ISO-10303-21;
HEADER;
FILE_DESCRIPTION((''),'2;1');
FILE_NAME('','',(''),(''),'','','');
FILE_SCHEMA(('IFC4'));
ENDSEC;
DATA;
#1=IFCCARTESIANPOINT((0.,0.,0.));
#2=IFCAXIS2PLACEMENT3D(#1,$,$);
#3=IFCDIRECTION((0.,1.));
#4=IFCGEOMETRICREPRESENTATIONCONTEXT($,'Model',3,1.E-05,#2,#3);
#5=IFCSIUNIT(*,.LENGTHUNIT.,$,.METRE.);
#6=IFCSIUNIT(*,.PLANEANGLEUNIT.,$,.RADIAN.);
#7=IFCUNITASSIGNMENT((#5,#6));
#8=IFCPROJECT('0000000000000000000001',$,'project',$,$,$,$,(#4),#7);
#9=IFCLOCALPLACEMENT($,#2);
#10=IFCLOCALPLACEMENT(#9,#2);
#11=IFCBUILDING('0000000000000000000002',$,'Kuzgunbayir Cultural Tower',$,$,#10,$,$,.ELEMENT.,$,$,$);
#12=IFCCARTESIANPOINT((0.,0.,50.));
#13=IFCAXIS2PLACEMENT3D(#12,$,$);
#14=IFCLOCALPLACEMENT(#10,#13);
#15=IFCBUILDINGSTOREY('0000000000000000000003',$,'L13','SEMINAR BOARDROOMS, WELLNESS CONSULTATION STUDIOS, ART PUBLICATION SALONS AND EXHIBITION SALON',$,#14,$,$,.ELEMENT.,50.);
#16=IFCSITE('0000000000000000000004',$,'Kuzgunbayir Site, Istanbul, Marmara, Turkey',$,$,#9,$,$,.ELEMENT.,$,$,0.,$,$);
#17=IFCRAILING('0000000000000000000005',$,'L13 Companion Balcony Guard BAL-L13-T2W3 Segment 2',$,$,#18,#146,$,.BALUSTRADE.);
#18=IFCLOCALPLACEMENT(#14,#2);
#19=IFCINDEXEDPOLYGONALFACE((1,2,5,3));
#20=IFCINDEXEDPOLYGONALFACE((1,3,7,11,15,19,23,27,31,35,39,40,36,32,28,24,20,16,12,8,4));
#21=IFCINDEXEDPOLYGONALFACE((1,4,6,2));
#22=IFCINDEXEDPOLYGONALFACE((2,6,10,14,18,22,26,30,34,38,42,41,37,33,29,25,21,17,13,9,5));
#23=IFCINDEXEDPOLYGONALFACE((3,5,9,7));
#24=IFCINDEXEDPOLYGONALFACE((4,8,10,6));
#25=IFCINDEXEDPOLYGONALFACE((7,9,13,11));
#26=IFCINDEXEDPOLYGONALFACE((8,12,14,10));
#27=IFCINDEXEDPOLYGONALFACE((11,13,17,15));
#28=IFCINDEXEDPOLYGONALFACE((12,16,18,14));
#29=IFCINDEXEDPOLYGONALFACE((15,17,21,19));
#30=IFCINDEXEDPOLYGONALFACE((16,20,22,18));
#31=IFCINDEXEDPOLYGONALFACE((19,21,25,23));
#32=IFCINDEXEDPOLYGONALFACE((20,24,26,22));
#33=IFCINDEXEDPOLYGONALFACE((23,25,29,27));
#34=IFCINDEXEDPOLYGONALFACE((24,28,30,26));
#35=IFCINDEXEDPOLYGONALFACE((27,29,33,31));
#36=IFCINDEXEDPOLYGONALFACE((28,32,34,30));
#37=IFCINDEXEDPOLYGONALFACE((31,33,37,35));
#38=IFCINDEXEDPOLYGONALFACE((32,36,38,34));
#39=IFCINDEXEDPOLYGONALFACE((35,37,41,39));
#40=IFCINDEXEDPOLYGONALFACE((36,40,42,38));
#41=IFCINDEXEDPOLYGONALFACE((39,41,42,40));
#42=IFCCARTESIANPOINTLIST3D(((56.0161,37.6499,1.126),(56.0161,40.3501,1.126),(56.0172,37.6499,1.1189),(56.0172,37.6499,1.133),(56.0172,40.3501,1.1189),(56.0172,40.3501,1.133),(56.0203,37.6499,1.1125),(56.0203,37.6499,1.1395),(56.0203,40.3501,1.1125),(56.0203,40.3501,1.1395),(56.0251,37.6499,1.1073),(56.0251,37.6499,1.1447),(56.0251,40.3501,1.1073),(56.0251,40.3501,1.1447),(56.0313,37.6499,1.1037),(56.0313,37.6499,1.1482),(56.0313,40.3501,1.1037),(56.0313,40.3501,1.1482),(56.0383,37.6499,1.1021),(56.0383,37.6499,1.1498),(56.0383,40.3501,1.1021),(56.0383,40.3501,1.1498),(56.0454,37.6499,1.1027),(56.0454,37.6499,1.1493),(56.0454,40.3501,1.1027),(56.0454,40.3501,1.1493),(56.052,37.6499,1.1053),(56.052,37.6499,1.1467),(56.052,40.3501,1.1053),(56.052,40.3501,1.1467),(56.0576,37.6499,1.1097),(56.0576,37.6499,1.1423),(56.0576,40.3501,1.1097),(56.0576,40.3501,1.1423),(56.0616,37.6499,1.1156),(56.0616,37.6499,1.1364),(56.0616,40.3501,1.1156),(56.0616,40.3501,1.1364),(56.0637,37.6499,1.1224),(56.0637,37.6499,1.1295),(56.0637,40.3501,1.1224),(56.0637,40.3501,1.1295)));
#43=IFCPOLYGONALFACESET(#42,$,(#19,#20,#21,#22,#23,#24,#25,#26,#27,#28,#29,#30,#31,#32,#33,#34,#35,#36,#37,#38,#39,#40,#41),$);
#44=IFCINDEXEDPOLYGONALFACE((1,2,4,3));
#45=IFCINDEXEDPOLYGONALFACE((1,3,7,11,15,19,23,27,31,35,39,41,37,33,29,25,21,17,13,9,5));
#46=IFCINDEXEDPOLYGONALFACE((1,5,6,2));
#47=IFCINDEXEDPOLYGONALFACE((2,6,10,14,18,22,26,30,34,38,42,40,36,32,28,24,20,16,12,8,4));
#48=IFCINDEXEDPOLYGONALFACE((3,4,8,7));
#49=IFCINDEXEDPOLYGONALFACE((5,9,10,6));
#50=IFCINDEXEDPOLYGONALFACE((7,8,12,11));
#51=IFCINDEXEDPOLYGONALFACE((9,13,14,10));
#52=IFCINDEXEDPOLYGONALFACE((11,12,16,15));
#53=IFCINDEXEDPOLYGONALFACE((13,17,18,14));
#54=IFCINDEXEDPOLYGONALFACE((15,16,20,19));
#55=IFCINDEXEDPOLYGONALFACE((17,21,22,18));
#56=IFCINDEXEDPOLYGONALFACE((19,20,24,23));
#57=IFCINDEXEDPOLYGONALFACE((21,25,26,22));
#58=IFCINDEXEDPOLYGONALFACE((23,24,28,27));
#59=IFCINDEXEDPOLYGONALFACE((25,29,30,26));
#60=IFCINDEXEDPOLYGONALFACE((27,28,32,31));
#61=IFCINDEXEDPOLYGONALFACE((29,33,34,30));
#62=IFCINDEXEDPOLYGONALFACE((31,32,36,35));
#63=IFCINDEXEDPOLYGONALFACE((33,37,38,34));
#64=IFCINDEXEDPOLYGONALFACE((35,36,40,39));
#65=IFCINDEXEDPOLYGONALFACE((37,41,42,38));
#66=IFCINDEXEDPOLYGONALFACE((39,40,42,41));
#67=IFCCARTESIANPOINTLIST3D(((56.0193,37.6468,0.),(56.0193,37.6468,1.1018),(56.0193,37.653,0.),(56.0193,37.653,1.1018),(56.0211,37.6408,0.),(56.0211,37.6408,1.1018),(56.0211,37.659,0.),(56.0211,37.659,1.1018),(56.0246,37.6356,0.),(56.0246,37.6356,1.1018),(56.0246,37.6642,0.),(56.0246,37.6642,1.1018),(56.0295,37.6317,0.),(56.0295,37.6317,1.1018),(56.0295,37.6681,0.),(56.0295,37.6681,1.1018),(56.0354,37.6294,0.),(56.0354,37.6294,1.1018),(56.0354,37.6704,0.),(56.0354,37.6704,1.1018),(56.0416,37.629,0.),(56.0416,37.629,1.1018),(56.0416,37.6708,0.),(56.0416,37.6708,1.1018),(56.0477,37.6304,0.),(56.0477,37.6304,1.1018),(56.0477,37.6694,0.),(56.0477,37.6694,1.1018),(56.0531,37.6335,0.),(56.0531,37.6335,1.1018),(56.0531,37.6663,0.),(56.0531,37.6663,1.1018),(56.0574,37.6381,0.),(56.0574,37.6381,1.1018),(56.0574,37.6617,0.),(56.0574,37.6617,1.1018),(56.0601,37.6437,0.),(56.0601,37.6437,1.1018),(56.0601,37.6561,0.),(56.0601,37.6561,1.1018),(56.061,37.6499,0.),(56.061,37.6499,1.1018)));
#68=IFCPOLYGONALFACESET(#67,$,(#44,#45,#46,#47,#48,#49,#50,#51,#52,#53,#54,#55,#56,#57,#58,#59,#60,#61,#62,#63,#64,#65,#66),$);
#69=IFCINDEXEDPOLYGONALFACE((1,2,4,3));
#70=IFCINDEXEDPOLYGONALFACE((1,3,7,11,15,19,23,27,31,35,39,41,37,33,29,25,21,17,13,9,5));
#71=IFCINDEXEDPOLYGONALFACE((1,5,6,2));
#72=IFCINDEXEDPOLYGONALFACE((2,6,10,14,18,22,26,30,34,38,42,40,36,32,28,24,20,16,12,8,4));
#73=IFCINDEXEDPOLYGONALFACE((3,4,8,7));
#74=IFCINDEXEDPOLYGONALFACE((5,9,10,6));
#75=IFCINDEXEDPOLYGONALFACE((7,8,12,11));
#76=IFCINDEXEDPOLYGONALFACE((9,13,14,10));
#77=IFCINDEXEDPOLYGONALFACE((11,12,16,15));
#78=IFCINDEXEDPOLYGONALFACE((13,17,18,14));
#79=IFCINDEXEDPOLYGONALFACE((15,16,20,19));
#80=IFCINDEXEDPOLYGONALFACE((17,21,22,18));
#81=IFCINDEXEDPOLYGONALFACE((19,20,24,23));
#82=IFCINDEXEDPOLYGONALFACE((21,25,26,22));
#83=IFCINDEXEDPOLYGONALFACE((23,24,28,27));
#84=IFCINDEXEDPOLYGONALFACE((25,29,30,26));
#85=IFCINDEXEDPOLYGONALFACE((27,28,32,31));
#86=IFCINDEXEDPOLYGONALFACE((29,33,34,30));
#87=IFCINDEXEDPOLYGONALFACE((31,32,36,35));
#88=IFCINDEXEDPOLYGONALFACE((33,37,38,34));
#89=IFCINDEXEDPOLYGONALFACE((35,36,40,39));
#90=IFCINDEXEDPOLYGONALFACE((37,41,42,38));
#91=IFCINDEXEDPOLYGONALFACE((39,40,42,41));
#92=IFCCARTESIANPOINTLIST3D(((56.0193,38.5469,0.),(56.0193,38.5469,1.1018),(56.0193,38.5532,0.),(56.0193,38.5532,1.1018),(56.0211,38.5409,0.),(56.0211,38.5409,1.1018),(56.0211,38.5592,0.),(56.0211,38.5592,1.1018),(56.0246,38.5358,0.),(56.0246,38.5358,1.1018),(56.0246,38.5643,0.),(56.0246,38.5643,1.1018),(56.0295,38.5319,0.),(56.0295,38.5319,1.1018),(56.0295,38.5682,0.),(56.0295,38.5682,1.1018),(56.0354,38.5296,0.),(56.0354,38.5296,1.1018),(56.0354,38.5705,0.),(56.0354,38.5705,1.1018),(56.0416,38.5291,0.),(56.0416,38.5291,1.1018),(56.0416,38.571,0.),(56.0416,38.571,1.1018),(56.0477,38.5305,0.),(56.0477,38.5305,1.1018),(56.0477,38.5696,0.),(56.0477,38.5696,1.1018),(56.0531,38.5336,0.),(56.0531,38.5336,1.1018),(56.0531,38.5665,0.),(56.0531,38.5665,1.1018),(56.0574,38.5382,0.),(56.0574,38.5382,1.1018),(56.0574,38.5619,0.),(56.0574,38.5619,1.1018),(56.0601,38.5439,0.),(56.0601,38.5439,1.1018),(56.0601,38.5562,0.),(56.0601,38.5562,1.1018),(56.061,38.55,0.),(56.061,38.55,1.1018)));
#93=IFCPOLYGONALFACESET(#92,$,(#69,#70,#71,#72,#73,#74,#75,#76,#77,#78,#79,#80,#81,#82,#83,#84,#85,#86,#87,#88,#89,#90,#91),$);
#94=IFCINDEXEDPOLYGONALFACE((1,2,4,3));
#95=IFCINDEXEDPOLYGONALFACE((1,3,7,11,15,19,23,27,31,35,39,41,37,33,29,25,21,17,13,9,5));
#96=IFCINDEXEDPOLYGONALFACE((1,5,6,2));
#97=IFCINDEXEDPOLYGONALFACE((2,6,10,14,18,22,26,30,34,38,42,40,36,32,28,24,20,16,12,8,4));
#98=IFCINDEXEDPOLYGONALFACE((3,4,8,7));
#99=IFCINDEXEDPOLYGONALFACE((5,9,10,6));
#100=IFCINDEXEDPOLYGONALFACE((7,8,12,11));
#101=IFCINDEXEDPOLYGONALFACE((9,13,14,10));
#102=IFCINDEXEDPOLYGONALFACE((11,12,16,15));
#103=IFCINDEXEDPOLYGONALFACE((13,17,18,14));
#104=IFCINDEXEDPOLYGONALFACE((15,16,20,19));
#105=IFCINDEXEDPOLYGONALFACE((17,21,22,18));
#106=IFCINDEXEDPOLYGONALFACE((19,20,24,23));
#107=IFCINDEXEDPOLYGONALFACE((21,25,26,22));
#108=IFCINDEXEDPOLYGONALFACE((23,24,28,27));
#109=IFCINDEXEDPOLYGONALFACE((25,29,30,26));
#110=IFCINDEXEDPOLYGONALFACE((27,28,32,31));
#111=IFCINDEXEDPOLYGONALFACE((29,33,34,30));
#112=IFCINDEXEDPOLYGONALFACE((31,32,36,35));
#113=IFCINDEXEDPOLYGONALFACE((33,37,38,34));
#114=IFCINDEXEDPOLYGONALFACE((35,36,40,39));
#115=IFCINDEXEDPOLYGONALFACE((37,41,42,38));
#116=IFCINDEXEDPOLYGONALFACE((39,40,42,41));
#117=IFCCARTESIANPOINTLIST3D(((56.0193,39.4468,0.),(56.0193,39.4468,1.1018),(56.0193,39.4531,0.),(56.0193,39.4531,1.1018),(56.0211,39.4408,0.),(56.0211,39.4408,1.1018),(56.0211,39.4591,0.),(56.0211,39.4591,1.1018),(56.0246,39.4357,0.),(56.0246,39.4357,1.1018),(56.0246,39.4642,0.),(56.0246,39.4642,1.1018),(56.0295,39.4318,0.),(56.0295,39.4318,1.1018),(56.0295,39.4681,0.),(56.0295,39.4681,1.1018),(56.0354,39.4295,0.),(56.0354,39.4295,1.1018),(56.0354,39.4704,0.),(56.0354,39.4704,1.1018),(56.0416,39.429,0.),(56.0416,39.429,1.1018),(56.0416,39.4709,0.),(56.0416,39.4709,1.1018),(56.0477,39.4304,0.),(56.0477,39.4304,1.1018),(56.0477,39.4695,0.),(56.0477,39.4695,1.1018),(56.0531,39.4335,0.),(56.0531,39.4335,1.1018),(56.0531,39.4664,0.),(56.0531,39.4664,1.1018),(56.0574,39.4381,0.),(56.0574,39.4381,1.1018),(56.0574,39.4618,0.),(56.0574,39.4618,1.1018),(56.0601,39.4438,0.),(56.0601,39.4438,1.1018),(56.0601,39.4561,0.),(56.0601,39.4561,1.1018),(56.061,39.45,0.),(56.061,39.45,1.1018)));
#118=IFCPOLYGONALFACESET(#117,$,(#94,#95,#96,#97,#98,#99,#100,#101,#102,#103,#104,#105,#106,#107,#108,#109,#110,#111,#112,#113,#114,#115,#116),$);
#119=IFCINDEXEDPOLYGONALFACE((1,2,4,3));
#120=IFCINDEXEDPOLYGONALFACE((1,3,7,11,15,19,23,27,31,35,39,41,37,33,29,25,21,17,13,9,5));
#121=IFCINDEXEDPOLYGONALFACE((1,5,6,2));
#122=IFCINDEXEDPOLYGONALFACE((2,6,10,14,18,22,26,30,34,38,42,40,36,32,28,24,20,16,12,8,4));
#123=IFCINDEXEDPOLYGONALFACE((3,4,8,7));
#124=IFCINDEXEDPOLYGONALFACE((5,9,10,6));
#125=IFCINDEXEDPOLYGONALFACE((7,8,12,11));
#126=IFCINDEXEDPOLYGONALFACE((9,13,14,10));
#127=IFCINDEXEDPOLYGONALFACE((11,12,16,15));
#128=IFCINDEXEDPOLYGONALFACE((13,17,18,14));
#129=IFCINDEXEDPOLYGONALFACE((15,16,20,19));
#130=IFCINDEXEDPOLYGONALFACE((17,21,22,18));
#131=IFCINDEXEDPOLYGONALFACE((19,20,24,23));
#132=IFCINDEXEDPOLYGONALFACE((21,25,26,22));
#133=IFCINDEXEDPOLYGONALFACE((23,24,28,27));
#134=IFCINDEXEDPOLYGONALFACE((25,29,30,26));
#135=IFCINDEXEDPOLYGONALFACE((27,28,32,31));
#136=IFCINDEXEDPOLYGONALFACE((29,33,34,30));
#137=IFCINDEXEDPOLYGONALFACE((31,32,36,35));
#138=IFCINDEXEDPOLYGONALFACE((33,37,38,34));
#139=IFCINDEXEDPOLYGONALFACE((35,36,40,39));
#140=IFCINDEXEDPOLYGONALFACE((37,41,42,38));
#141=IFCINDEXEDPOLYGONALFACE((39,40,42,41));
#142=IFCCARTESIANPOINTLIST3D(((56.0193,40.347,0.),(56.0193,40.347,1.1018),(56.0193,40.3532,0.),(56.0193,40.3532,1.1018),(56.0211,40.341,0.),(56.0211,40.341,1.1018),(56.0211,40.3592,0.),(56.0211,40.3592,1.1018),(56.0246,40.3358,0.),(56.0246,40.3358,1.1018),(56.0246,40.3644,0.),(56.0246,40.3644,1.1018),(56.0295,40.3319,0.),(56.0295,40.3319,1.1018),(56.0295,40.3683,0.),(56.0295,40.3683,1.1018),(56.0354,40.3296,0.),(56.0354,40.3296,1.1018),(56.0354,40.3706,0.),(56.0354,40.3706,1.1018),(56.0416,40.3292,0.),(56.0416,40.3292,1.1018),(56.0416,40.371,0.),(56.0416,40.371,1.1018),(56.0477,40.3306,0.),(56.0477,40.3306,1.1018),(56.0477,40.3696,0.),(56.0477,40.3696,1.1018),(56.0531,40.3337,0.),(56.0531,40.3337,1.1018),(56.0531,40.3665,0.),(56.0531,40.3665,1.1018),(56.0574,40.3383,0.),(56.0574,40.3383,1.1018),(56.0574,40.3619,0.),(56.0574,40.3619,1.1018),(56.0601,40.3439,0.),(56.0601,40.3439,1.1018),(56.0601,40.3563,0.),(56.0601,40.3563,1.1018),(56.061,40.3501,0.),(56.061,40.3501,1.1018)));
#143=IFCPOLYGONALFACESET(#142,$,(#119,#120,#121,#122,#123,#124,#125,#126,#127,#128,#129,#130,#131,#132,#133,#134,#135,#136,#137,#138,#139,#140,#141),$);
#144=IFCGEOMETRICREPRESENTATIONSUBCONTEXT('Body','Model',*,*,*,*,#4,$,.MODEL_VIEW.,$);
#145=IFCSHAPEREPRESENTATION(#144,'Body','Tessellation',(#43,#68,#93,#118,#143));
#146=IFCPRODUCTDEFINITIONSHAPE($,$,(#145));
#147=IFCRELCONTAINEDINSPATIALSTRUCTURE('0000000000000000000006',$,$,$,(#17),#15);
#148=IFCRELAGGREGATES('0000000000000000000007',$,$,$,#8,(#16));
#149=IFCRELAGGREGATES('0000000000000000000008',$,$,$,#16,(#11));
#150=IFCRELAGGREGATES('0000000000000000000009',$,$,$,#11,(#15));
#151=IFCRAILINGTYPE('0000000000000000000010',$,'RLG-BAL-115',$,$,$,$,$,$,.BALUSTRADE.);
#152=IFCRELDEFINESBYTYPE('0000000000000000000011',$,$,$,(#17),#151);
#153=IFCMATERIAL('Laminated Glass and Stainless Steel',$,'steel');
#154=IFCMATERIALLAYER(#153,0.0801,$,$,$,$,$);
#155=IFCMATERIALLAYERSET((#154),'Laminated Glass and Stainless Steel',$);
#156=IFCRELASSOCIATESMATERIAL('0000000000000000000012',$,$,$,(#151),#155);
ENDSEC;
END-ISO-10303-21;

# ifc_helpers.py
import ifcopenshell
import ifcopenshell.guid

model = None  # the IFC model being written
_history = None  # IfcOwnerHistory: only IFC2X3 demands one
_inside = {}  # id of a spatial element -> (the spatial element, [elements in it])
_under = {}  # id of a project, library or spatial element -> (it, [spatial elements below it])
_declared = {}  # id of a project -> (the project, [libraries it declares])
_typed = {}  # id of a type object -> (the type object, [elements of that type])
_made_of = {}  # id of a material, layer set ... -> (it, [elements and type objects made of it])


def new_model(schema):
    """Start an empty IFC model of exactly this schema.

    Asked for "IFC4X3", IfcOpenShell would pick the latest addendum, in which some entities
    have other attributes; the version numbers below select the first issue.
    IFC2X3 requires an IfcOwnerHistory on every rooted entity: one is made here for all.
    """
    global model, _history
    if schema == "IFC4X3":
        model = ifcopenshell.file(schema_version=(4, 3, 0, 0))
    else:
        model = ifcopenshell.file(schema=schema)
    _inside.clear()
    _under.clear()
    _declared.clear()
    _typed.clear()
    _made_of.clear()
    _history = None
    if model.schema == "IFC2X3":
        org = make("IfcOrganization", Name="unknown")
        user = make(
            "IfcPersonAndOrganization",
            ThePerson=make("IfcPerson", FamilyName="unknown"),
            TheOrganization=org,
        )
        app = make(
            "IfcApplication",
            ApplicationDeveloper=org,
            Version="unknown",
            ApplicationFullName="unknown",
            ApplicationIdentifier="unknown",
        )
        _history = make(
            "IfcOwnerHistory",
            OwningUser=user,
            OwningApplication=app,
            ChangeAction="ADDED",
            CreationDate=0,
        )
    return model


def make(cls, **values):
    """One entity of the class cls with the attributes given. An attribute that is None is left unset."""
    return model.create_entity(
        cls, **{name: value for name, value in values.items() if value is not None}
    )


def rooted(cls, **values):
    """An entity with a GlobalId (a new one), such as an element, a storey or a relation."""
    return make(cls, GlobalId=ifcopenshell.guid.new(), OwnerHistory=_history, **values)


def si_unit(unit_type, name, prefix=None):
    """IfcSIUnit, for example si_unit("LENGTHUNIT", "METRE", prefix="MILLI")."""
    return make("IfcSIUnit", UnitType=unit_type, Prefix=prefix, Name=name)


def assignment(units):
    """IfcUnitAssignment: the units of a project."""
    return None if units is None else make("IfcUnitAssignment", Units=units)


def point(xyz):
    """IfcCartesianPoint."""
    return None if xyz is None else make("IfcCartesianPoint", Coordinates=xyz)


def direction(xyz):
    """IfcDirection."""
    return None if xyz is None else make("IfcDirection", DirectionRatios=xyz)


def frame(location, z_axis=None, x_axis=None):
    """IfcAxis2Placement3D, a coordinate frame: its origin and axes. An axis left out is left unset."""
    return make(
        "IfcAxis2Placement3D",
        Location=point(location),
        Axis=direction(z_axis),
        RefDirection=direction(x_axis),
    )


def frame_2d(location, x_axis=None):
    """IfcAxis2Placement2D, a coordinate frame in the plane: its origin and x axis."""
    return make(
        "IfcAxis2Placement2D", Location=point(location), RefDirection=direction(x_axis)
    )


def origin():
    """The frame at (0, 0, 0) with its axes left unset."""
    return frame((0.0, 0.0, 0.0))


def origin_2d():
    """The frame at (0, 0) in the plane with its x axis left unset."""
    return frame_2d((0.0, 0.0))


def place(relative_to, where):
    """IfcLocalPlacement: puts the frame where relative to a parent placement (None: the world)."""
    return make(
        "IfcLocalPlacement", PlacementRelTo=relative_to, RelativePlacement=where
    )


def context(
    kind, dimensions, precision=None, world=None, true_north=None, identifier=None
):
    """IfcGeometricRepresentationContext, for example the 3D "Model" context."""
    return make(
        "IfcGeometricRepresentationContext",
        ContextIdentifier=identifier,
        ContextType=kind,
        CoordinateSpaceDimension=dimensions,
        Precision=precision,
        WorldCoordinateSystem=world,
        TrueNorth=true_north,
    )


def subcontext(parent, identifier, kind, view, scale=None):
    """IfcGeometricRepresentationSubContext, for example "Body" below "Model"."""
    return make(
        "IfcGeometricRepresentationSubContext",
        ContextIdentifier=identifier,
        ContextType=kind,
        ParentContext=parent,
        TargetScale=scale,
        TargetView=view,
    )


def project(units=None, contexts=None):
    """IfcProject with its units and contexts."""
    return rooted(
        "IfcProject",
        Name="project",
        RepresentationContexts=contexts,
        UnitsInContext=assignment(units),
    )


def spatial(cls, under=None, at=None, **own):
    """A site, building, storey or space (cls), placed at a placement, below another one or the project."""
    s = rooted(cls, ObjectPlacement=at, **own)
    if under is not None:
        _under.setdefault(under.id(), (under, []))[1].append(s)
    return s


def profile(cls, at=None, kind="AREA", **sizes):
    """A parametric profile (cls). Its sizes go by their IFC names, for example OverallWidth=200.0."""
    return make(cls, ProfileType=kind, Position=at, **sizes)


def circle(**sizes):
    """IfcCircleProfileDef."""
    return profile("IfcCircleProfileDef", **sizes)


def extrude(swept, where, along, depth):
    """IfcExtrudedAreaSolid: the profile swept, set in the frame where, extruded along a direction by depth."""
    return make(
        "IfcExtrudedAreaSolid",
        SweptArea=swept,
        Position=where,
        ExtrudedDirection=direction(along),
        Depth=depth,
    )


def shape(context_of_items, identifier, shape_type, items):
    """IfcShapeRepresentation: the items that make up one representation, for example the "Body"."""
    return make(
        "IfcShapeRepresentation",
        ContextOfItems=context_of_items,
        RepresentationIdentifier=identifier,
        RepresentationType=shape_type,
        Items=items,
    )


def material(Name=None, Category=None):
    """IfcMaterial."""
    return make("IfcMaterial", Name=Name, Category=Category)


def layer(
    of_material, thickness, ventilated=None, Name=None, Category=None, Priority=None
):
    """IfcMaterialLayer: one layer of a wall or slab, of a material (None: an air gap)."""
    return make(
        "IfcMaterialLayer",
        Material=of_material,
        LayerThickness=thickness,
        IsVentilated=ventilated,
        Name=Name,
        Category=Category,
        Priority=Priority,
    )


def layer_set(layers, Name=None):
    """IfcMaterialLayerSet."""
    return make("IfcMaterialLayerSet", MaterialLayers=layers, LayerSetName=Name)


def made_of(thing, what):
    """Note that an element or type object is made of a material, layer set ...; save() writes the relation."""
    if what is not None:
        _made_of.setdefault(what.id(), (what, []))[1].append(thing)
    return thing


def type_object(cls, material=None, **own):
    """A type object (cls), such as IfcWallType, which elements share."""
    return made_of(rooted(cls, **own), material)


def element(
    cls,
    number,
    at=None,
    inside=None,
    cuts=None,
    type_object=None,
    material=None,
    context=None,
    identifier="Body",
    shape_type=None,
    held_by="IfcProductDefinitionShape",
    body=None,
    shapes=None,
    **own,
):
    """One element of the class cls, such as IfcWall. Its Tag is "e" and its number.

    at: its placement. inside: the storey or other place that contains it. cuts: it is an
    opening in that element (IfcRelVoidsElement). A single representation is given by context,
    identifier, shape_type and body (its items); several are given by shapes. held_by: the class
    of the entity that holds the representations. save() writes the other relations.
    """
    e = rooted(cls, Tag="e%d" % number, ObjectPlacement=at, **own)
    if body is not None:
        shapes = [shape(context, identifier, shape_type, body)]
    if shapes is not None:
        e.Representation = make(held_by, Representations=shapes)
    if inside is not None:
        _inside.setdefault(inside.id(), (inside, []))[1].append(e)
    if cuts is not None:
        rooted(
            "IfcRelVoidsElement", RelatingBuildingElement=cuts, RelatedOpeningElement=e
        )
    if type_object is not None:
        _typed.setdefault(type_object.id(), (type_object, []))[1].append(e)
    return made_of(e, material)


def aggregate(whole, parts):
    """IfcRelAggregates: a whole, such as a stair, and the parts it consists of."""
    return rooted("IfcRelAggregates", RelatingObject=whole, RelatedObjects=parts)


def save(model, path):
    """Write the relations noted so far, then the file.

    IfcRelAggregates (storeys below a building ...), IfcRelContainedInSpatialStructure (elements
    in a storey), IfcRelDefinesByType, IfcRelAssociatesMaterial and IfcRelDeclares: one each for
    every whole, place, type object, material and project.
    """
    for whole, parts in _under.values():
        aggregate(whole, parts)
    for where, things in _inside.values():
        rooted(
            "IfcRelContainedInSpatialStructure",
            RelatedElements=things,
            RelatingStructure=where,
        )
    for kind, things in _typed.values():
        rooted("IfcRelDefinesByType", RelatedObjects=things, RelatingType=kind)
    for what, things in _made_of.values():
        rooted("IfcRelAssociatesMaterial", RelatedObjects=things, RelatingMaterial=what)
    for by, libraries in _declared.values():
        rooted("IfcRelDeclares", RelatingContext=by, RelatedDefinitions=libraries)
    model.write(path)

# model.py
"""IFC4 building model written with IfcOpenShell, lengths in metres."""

from ifc_helpers import new_model, si_unit, direction, frame, origin, origin_2d, place, context, subcontext, project, spatial, circle, extrude, material, layer, layer_set, type_object, element, save


model = new_model("IFC4")

# Units and contexts
model_context = context("Model", 3, precision=1e-05, world=origin(), true_north=direction((0.0, 1.0)))
body_context = subcontext(model_context, "Body", "Model", "MODEL_VIEW")
ifc_project = project(units=[si_unit("LENGTHUNIT", "METRE"), si_unit("PLANEANGLEUNIT", "RADIAN")], contexts=[model_context])

# Site, building, storey
site_placement = place(None, origin())
site = spatial("IfcSite", under=ifc_project, at=site_placement, Name="Kuzgunbayir Site, Istanbul, Marmara, Turkey", CompositionType="ELEMENT", RefElevation=0.0)
building_placement = place(site_placement, origin())
building = spatial("IfcBuilding", under=site, at=building_placement, Name="Kuzgunbayir Cultural Tower", CompositionType="ELEMENT")
storey_placement = place(building_placement, frame((0.0, 0.0, 50.0)))
storey = spatial("IfcBuildingStorey", under=building, at=storey_placement, Name="L13", Description="SEMINAR BOARDROOMS, WELLNESS CONSULTATION STUDIOS, ART PUBLICATION SALONS AND EXHIBITION SALON", CompositionType="ELEMENT", Elevation=50.0)

# Railing
ifc_material_1 = material(Name="Laminated Glass and Stainless Steel", Category="steel")
ifc_layer_1 = layer(ifc_material_1, 0.0801)
ifc_layer_set_1 = layer_set([ifc_layer_1], Name="Laminated Glass and Stainless Steel")
railing_type = type_object("IfcRailingType", Name="RLG-BAL-115", PredefinedType="BALUSTRADE", material=ifc_layer_set_1)
railing_1_placement = place(storey_placement, frame((56.04, 37.6499, 0.0)))
element("IfcRailing", 1, at=railing_1_placement, inside=storey, type_object=railing_type, Name="L13 Companion Balcony Guard BAL-L13-T2W3 Segment 2", PredefinedType="BALUSTRADE", context=body_context, shape_type="SweptSolid", body=[
    extrude(circle(Radius=0.0239, at=origin_2d()), frame((0.0, 0.0, 1.126), z_axis=(0.0, 1.0, 0.0), x_axis=(-1.0, 0.0, 0.0)), (0.0, 0.0, 1.0), 2.7002),
    extrude(circle(Radius=0.021, at=origin_2d()), origin(), (0.0, 0.0, 1.0), 1.1018),
    extrude(circle(Radius=0.021, at=origin_2d()), frame((0.0, 0.9001, 0.0)), (0.0, 0.0, 1.0), 1.1018),
    extrude(circle(Radius=0.021, at=origin_2d()), frame((0.0, 1.8, 0.0)), (0.0, 0.0, 1.0), 1.1018),
    extrude(circle(Radius=0.021, at=origin_2d()), frame((0.0, 2.7002, 0.0)), (0.0, 0.0, 1.0), 1.1018),
])

save(model, "model.ifc")
